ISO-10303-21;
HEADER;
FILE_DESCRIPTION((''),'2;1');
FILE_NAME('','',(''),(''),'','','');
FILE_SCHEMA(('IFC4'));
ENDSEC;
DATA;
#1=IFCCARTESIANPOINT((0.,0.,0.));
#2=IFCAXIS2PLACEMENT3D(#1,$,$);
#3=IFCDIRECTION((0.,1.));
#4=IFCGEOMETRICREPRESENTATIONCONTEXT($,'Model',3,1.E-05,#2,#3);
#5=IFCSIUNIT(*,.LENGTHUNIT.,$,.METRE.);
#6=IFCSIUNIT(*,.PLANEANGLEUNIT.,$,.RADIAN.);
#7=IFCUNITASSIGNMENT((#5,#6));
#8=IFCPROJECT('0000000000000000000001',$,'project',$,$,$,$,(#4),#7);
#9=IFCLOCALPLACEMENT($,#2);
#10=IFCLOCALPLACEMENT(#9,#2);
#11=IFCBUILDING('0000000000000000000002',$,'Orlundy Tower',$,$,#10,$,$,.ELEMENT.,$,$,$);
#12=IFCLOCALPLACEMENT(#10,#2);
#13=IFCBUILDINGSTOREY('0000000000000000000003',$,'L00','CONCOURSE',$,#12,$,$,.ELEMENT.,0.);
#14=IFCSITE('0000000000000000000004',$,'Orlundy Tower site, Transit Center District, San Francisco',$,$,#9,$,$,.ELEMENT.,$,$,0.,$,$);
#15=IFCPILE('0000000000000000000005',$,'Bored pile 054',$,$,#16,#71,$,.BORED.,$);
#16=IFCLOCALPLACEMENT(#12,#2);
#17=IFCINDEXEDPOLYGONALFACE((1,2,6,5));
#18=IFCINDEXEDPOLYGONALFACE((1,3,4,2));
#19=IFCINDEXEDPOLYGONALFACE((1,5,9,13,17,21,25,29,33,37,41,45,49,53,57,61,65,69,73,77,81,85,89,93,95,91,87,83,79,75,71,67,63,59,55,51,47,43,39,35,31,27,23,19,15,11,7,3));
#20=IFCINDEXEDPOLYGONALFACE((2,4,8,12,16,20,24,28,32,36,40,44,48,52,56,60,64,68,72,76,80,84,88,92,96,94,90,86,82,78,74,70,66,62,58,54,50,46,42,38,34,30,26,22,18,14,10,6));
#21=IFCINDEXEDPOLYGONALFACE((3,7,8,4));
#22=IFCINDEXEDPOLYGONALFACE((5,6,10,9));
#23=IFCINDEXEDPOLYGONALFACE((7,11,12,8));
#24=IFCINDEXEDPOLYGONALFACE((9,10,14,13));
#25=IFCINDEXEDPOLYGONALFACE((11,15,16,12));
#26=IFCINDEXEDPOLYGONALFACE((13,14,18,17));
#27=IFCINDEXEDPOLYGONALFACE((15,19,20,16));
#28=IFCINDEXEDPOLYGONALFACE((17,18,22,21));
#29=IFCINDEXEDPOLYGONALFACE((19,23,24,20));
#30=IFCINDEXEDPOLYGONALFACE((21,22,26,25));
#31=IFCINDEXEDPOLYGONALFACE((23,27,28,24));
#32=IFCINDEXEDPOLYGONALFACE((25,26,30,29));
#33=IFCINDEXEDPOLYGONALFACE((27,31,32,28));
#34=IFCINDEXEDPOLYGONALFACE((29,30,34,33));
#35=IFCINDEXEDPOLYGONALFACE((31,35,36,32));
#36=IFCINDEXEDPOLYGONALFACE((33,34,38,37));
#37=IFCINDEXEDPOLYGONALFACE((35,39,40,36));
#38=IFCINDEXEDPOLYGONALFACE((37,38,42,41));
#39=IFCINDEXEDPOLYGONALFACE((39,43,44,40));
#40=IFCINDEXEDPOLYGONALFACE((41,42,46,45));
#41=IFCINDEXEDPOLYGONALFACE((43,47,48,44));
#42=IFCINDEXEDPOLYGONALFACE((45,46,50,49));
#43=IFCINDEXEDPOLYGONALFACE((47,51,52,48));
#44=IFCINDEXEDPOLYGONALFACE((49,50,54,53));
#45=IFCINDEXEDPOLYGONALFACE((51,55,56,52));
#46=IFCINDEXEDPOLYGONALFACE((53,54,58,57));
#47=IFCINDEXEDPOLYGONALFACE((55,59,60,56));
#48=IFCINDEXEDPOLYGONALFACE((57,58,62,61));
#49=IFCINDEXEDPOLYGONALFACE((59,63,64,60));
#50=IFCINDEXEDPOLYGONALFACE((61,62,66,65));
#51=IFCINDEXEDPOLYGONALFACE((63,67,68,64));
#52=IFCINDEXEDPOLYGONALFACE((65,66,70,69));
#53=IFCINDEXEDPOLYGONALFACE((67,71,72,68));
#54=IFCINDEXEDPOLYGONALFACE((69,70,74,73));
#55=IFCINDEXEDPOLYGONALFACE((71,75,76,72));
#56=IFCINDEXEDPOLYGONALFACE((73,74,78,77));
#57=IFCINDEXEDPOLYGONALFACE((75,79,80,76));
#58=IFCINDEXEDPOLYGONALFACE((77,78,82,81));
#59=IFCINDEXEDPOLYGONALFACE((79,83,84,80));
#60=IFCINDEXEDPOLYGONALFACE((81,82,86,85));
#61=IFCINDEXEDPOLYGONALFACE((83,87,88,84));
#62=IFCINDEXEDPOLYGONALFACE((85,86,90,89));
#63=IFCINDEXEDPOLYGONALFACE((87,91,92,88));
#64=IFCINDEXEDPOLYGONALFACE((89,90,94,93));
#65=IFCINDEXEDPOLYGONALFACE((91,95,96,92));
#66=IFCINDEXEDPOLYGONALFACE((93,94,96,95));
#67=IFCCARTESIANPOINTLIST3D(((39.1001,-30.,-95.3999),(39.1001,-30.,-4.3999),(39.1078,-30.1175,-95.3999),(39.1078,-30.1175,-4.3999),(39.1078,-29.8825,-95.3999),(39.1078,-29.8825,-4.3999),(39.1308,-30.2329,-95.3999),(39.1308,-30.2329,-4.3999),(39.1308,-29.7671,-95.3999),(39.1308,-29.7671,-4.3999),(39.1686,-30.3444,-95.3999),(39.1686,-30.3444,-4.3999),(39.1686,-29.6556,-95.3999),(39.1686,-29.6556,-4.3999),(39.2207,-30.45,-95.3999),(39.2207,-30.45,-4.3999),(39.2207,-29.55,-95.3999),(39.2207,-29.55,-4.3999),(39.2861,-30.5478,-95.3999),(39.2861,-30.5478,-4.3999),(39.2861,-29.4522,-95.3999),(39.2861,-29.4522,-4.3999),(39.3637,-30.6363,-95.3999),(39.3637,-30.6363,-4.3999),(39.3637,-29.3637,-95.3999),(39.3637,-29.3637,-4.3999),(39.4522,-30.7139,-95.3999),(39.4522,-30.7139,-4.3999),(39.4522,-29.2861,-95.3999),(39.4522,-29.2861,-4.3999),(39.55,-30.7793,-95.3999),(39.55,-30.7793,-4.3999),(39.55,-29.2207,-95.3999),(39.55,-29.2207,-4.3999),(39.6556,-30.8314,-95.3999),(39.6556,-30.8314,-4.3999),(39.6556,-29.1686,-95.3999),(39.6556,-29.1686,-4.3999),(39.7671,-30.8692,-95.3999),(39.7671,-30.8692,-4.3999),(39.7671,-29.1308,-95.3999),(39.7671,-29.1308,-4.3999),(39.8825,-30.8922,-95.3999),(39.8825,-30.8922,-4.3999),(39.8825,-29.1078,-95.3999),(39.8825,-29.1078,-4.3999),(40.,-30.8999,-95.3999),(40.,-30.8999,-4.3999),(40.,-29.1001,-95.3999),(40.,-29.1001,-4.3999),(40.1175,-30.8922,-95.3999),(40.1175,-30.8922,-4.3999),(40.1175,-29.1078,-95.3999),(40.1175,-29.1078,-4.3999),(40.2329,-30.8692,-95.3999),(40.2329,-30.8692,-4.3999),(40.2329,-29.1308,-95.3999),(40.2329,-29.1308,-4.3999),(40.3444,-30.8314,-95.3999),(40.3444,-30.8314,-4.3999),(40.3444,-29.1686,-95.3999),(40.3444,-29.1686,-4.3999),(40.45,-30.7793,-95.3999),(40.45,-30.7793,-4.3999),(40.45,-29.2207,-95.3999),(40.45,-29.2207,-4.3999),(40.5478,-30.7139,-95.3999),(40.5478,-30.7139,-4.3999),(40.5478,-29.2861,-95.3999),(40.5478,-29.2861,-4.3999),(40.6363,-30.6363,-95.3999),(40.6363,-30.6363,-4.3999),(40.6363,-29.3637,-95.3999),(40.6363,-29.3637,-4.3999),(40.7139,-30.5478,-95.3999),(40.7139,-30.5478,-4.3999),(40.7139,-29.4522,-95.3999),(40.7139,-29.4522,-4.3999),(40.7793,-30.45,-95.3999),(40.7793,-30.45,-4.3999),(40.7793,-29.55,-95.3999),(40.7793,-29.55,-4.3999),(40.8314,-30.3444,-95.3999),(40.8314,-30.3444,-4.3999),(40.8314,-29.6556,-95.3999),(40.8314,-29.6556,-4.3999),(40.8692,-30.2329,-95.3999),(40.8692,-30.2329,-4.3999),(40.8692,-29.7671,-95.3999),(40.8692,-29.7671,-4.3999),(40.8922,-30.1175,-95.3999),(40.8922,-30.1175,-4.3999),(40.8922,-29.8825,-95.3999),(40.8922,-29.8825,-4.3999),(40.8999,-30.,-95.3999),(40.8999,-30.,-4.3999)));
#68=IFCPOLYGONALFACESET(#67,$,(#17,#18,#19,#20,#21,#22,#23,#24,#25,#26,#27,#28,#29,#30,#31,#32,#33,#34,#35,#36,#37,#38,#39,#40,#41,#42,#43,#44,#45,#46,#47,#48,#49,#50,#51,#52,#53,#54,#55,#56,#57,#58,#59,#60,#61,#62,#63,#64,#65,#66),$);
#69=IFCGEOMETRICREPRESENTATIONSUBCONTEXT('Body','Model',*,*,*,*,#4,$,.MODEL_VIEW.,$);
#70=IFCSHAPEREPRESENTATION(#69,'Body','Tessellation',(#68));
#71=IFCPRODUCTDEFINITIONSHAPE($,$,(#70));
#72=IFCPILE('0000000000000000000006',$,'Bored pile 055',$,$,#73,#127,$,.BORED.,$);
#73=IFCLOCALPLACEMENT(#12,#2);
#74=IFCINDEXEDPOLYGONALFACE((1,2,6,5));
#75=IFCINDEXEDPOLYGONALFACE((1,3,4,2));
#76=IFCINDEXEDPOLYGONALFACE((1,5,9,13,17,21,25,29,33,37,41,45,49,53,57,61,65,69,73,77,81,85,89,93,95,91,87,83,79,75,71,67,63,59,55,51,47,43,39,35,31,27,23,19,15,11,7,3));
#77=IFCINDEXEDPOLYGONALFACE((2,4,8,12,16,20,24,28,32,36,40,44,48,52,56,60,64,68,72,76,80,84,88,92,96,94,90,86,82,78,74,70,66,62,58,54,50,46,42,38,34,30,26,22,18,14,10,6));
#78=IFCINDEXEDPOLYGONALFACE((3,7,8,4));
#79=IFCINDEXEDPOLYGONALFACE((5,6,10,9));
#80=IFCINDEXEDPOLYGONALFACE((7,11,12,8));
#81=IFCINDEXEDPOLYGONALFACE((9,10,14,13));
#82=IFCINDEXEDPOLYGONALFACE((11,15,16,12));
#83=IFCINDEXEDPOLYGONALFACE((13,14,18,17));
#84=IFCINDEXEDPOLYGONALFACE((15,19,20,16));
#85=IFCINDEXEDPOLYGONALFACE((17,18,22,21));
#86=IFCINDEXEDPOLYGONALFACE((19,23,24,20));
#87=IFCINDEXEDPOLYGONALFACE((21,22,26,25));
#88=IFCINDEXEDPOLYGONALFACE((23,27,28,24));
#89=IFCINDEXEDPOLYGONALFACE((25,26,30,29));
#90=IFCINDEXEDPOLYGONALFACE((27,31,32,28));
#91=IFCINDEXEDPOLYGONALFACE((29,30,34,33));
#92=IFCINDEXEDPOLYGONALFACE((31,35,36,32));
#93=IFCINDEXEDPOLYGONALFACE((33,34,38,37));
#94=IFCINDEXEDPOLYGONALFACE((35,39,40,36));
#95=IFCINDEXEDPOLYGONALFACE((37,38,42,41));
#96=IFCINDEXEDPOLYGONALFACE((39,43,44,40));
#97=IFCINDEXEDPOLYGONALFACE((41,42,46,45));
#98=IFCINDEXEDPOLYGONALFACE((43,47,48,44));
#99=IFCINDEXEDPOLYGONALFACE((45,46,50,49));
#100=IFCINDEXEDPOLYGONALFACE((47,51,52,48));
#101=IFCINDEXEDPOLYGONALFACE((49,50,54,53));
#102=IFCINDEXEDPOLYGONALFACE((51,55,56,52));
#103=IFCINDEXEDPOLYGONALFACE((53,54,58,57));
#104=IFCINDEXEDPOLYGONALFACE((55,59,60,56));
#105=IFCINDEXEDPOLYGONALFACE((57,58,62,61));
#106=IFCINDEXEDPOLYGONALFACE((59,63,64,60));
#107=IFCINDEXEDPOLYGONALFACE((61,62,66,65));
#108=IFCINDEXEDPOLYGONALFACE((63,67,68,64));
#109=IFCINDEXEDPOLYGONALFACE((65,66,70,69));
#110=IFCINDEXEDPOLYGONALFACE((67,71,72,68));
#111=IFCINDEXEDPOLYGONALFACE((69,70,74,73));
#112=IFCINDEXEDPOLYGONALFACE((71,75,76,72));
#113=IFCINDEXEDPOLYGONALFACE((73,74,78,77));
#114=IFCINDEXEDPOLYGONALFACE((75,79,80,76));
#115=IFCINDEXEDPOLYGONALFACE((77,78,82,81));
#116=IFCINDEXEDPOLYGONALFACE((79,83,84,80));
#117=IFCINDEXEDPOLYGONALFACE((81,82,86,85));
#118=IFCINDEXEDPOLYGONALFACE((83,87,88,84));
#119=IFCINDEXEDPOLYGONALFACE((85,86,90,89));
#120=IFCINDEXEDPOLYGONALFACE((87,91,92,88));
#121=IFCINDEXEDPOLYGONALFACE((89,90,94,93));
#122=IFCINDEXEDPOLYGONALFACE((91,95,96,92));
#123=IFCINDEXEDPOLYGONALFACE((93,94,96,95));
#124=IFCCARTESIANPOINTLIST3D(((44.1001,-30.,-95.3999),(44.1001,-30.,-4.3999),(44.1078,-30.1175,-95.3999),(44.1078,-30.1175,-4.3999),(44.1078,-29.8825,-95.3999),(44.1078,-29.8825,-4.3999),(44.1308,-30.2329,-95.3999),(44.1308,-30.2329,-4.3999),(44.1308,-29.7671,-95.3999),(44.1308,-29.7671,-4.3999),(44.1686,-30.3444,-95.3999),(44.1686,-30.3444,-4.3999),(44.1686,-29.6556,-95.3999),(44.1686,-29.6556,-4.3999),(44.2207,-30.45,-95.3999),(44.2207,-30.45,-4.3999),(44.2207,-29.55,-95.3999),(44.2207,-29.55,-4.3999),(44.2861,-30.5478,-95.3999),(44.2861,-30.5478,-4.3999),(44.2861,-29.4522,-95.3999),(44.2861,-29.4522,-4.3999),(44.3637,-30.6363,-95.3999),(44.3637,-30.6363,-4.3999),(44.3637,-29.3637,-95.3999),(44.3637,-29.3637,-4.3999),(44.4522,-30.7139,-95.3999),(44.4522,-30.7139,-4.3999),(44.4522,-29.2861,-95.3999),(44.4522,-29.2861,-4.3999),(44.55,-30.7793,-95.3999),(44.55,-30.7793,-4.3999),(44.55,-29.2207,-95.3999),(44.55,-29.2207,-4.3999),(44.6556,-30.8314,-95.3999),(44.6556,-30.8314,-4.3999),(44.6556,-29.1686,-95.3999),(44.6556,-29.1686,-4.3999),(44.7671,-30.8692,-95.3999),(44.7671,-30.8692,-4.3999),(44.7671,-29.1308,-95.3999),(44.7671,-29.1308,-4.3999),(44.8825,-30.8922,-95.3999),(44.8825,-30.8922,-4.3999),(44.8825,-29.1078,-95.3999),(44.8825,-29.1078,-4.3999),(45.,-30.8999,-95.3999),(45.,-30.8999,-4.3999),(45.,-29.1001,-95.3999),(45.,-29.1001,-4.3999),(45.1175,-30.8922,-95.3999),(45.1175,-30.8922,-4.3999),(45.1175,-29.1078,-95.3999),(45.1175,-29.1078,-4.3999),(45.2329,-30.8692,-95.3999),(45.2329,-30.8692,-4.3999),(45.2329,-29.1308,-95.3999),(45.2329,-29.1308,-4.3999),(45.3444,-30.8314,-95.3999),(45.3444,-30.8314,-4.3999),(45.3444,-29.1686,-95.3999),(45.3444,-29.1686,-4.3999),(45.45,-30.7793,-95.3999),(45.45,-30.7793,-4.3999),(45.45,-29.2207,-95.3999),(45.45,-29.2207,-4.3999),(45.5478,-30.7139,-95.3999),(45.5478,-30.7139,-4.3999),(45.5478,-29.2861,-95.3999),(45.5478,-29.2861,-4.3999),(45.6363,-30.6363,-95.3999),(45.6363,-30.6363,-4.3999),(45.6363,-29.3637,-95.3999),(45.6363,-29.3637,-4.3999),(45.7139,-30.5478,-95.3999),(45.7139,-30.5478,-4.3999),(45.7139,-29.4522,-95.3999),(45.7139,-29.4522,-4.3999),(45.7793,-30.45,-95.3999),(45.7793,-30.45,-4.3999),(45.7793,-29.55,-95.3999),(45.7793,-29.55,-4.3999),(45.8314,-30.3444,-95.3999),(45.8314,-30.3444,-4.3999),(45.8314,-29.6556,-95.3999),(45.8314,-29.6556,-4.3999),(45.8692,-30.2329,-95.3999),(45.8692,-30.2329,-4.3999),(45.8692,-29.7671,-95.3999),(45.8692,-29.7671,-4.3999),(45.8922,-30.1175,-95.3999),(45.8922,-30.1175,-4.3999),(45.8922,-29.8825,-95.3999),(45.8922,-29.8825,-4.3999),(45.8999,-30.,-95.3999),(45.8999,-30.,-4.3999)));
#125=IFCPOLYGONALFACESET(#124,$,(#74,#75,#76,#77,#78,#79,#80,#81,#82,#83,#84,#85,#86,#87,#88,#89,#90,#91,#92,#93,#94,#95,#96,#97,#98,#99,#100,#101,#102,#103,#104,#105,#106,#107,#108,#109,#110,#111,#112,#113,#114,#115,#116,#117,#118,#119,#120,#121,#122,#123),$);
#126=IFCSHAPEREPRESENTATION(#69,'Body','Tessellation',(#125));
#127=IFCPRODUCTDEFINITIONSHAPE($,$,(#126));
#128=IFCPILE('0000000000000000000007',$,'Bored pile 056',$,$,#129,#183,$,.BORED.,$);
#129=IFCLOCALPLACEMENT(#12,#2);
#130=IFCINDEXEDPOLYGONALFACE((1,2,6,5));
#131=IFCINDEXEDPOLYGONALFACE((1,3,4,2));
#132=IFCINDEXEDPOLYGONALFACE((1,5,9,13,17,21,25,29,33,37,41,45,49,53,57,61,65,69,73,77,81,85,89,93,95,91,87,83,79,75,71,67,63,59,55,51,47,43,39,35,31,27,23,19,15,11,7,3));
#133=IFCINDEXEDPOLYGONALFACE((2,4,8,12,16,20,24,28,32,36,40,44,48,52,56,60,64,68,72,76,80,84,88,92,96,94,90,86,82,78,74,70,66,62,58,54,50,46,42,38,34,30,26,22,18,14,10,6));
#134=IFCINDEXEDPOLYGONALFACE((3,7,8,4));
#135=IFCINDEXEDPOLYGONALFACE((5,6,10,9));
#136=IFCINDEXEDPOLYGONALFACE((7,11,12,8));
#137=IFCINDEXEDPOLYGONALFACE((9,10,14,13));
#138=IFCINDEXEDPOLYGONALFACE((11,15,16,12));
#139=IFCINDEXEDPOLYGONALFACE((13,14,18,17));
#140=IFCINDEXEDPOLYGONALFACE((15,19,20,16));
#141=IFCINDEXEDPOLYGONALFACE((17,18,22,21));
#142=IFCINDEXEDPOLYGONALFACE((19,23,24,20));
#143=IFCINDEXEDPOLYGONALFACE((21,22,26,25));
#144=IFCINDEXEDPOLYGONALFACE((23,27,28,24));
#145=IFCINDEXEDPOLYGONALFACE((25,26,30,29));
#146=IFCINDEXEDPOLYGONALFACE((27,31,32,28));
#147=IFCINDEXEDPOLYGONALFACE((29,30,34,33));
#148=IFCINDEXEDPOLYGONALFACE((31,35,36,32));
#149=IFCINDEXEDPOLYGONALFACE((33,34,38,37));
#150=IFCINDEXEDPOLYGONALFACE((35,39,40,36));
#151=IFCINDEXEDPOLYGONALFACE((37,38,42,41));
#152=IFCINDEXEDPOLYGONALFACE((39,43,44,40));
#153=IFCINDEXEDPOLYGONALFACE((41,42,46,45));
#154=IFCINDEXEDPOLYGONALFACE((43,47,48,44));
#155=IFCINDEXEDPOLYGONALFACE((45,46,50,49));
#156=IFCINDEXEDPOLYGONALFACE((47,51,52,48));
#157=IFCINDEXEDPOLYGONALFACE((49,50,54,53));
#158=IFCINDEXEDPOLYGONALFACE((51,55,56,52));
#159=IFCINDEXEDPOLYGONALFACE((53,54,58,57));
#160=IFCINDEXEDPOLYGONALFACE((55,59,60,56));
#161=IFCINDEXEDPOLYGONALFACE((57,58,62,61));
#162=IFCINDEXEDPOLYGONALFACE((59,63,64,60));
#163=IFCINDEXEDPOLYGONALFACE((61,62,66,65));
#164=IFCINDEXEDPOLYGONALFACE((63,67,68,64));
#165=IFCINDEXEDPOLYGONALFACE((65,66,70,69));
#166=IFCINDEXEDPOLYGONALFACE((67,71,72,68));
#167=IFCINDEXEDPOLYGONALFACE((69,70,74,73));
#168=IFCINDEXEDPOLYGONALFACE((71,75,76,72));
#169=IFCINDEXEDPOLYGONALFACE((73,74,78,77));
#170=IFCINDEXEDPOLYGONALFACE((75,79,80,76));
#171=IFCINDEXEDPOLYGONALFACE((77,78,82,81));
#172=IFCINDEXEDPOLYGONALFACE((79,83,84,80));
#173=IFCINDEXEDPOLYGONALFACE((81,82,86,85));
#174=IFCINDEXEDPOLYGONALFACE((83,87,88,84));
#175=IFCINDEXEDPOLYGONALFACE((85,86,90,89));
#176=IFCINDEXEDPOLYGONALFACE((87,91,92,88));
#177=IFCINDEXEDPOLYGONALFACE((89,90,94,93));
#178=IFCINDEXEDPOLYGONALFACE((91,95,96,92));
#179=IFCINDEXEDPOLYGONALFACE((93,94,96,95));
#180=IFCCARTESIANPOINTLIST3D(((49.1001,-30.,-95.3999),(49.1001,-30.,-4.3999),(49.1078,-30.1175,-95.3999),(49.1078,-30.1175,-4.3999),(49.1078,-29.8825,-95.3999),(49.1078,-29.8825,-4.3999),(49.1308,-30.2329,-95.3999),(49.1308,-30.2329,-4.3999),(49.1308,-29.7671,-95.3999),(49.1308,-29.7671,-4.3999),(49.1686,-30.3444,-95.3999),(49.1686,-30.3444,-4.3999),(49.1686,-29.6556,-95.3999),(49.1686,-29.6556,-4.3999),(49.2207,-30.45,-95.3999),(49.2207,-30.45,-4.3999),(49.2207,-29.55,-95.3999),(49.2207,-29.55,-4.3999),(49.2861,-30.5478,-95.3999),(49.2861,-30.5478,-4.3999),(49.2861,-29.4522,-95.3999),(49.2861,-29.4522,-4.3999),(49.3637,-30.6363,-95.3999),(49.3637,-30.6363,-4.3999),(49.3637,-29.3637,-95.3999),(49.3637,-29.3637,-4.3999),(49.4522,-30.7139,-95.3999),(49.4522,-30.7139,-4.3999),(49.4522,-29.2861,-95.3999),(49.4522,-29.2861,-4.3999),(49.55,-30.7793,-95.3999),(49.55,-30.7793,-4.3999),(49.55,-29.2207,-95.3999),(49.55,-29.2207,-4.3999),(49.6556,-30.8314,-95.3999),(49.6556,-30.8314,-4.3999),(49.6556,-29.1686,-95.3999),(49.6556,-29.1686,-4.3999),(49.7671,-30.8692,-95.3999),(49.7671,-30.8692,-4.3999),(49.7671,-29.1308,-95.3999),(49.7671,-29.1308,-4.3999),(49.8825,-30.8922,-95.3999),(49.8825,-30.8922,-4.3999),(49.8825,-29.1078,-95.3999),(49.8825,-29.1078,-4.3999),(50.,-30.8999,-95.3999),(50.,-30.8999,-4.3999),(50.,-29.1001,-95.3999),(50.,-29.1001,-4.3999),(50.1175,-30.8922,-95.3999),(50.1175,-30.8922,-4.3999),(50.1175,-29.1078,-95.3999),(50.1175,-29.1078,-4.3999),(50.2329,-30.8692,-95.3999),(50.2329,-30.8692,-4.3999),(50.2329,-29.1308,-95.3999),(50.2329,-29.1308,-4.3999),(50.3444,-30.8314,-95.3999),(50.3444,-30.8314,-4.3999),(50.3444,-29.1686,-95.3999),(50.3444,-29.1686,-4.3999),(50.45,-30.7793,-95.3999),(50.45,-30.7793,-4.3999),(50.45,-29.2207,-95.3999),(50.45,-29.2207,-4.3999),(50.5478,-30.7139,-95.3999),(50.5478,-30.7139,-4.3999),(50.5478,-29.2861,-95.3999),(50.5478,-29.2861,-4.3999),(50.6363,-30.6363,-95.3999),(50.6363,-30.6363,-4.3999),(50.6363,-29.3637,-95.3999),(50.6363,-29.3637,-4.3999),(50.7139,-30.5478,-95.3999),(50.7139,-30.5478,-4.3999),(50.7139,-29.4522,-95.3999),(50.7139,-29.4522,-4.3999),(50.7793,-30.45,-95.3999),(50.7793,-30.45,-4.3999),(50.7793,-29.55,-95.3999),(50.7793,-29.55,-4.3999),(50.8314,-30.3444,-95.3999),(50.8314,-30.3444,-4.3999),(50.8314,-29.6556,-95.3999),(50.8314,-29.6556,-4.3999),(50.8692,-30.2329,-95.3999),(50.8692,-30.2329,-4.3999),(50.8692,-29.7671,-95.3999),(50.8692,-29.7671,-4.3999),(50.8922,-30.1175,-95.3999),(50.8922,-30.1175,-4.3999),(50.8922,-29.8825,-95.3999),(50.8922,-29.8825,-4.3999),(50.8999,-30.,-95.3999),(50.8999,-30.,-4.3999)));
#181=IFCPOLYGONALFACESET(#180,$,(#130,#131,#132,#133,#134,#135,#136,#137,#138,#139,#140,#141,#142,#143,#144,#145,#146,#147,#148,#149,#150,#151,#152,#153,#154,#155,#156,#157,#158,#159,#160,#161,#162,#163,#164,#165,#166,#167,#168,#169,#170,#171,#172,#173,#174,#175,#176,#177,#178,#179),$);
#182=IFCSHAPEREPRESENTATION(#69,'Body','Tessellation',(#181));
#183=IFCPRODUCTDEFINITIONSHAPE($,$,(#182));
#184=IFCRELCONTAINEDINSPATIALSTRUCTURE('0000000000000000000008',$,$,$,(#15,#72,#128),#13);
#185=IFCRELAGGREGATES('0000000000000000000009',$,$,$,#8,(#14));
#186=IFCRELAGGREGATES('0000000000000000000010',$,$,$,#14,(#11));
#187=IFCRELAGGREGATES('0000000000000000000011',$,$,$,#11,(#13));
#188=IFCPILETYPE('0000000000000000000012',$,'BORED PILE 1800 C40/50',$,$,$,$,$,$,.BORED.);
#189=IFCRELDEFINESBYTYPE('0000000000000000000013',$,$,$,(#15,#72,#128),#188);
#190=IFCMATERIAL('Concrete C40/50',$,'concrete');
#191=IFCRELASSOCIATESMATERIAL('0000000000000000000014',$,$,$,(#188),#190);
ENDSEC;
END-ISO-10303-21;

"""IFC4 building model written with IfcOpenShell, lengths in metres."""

from ifc_helpers import new_model, si_unit, direction, frame, origin, origin_2d, place, context, subcontext, project, spatial, circle, extrude, material, material_profile, profile_set, type_object, element, save


model = new_model("IFC4")

# Units and contexts
model_context = context("Model", 3, precision=1e-05, world=origin(), true_north=direction((0.0, 1.0)))
body_context = subcontext(model_context, "Body", "Model", "MODEL_VIEW")
ifc_project = project(units=[si_unit("LENGTHUNIT", "METRE"), si_unit("PLANEANGLEUNIT", "RADIAN")], contexts=[model_context])

# Site, building, storey
site_placement = place(None, origin())
site = spatial("IfcSite", under=ifc_project, at=site_placement, Name="Orlundy Tower site, Transit Center District, San Francisco", CompositionType="ELEMENT", RefElevation=0.0)
building_placement = place(site_placement, origin())
building = spatial("IfcBuilding", under=site, at=building_placement, Name="Orlundy Tower", CompositionType="ELEMENT")
storey_placement = place(building_placement, origin())
storey = spatial("IfcBuildingStorey", under=building, at=storey_placement, Name="L00", Description="CONCOURSE", CompositionType="ELEMENT", Elevation=0.0)

# Piles
ifc_material_1 = material(Name="Concrete C40/50", Category="concrete")
ifc_material_profile_1 = material_profile(ifc_material_1, circle(Radius=0.8999, at=origin_2d()), Name="BP1800")
ifc_profile_set_1 = profile_set([ifc_material_profile_1], Name="Concrete C40/50")
pile_type = type_object("IfcPileType", Name="BORED PILE 1800 C40/50", PredefinedType="BORED", material=ifc_profile_set_1)
for number, where, z_axis, x_axis, name in (
    (1, (40.0, -30.0, -4.3999), (0.0, 0.0, -1.0), (1.0, 0.0, 0.0), "Bored pile 054"),
    (2, (45.0, -30.0, -4.3999), (0.0, 0.0, -1.0), (1.0, 0.0, 0.0), "Bored pile 055"),
    (3, (50.0, -30.0, -4.3999), (0.0, 0.0, -1.0), (1.0, 0.0, 0.0), "Bored pile 056"),
):
    element("IfcPile", number, at=place(storey_placement, frame(where, z_axis=z_axis, x_axis=x_axis)), inside=storey, type_object=pile_type, Name=name, PredefinedType="BORED", context=body_context, shape_type="SweptSolid", body=[
        extrude(circle(Radius=0.8999, at=origin_2d()), origin(), (0.0, 0.0, 1.0), 91.0),
    ])

save(model, "model.ifc")
